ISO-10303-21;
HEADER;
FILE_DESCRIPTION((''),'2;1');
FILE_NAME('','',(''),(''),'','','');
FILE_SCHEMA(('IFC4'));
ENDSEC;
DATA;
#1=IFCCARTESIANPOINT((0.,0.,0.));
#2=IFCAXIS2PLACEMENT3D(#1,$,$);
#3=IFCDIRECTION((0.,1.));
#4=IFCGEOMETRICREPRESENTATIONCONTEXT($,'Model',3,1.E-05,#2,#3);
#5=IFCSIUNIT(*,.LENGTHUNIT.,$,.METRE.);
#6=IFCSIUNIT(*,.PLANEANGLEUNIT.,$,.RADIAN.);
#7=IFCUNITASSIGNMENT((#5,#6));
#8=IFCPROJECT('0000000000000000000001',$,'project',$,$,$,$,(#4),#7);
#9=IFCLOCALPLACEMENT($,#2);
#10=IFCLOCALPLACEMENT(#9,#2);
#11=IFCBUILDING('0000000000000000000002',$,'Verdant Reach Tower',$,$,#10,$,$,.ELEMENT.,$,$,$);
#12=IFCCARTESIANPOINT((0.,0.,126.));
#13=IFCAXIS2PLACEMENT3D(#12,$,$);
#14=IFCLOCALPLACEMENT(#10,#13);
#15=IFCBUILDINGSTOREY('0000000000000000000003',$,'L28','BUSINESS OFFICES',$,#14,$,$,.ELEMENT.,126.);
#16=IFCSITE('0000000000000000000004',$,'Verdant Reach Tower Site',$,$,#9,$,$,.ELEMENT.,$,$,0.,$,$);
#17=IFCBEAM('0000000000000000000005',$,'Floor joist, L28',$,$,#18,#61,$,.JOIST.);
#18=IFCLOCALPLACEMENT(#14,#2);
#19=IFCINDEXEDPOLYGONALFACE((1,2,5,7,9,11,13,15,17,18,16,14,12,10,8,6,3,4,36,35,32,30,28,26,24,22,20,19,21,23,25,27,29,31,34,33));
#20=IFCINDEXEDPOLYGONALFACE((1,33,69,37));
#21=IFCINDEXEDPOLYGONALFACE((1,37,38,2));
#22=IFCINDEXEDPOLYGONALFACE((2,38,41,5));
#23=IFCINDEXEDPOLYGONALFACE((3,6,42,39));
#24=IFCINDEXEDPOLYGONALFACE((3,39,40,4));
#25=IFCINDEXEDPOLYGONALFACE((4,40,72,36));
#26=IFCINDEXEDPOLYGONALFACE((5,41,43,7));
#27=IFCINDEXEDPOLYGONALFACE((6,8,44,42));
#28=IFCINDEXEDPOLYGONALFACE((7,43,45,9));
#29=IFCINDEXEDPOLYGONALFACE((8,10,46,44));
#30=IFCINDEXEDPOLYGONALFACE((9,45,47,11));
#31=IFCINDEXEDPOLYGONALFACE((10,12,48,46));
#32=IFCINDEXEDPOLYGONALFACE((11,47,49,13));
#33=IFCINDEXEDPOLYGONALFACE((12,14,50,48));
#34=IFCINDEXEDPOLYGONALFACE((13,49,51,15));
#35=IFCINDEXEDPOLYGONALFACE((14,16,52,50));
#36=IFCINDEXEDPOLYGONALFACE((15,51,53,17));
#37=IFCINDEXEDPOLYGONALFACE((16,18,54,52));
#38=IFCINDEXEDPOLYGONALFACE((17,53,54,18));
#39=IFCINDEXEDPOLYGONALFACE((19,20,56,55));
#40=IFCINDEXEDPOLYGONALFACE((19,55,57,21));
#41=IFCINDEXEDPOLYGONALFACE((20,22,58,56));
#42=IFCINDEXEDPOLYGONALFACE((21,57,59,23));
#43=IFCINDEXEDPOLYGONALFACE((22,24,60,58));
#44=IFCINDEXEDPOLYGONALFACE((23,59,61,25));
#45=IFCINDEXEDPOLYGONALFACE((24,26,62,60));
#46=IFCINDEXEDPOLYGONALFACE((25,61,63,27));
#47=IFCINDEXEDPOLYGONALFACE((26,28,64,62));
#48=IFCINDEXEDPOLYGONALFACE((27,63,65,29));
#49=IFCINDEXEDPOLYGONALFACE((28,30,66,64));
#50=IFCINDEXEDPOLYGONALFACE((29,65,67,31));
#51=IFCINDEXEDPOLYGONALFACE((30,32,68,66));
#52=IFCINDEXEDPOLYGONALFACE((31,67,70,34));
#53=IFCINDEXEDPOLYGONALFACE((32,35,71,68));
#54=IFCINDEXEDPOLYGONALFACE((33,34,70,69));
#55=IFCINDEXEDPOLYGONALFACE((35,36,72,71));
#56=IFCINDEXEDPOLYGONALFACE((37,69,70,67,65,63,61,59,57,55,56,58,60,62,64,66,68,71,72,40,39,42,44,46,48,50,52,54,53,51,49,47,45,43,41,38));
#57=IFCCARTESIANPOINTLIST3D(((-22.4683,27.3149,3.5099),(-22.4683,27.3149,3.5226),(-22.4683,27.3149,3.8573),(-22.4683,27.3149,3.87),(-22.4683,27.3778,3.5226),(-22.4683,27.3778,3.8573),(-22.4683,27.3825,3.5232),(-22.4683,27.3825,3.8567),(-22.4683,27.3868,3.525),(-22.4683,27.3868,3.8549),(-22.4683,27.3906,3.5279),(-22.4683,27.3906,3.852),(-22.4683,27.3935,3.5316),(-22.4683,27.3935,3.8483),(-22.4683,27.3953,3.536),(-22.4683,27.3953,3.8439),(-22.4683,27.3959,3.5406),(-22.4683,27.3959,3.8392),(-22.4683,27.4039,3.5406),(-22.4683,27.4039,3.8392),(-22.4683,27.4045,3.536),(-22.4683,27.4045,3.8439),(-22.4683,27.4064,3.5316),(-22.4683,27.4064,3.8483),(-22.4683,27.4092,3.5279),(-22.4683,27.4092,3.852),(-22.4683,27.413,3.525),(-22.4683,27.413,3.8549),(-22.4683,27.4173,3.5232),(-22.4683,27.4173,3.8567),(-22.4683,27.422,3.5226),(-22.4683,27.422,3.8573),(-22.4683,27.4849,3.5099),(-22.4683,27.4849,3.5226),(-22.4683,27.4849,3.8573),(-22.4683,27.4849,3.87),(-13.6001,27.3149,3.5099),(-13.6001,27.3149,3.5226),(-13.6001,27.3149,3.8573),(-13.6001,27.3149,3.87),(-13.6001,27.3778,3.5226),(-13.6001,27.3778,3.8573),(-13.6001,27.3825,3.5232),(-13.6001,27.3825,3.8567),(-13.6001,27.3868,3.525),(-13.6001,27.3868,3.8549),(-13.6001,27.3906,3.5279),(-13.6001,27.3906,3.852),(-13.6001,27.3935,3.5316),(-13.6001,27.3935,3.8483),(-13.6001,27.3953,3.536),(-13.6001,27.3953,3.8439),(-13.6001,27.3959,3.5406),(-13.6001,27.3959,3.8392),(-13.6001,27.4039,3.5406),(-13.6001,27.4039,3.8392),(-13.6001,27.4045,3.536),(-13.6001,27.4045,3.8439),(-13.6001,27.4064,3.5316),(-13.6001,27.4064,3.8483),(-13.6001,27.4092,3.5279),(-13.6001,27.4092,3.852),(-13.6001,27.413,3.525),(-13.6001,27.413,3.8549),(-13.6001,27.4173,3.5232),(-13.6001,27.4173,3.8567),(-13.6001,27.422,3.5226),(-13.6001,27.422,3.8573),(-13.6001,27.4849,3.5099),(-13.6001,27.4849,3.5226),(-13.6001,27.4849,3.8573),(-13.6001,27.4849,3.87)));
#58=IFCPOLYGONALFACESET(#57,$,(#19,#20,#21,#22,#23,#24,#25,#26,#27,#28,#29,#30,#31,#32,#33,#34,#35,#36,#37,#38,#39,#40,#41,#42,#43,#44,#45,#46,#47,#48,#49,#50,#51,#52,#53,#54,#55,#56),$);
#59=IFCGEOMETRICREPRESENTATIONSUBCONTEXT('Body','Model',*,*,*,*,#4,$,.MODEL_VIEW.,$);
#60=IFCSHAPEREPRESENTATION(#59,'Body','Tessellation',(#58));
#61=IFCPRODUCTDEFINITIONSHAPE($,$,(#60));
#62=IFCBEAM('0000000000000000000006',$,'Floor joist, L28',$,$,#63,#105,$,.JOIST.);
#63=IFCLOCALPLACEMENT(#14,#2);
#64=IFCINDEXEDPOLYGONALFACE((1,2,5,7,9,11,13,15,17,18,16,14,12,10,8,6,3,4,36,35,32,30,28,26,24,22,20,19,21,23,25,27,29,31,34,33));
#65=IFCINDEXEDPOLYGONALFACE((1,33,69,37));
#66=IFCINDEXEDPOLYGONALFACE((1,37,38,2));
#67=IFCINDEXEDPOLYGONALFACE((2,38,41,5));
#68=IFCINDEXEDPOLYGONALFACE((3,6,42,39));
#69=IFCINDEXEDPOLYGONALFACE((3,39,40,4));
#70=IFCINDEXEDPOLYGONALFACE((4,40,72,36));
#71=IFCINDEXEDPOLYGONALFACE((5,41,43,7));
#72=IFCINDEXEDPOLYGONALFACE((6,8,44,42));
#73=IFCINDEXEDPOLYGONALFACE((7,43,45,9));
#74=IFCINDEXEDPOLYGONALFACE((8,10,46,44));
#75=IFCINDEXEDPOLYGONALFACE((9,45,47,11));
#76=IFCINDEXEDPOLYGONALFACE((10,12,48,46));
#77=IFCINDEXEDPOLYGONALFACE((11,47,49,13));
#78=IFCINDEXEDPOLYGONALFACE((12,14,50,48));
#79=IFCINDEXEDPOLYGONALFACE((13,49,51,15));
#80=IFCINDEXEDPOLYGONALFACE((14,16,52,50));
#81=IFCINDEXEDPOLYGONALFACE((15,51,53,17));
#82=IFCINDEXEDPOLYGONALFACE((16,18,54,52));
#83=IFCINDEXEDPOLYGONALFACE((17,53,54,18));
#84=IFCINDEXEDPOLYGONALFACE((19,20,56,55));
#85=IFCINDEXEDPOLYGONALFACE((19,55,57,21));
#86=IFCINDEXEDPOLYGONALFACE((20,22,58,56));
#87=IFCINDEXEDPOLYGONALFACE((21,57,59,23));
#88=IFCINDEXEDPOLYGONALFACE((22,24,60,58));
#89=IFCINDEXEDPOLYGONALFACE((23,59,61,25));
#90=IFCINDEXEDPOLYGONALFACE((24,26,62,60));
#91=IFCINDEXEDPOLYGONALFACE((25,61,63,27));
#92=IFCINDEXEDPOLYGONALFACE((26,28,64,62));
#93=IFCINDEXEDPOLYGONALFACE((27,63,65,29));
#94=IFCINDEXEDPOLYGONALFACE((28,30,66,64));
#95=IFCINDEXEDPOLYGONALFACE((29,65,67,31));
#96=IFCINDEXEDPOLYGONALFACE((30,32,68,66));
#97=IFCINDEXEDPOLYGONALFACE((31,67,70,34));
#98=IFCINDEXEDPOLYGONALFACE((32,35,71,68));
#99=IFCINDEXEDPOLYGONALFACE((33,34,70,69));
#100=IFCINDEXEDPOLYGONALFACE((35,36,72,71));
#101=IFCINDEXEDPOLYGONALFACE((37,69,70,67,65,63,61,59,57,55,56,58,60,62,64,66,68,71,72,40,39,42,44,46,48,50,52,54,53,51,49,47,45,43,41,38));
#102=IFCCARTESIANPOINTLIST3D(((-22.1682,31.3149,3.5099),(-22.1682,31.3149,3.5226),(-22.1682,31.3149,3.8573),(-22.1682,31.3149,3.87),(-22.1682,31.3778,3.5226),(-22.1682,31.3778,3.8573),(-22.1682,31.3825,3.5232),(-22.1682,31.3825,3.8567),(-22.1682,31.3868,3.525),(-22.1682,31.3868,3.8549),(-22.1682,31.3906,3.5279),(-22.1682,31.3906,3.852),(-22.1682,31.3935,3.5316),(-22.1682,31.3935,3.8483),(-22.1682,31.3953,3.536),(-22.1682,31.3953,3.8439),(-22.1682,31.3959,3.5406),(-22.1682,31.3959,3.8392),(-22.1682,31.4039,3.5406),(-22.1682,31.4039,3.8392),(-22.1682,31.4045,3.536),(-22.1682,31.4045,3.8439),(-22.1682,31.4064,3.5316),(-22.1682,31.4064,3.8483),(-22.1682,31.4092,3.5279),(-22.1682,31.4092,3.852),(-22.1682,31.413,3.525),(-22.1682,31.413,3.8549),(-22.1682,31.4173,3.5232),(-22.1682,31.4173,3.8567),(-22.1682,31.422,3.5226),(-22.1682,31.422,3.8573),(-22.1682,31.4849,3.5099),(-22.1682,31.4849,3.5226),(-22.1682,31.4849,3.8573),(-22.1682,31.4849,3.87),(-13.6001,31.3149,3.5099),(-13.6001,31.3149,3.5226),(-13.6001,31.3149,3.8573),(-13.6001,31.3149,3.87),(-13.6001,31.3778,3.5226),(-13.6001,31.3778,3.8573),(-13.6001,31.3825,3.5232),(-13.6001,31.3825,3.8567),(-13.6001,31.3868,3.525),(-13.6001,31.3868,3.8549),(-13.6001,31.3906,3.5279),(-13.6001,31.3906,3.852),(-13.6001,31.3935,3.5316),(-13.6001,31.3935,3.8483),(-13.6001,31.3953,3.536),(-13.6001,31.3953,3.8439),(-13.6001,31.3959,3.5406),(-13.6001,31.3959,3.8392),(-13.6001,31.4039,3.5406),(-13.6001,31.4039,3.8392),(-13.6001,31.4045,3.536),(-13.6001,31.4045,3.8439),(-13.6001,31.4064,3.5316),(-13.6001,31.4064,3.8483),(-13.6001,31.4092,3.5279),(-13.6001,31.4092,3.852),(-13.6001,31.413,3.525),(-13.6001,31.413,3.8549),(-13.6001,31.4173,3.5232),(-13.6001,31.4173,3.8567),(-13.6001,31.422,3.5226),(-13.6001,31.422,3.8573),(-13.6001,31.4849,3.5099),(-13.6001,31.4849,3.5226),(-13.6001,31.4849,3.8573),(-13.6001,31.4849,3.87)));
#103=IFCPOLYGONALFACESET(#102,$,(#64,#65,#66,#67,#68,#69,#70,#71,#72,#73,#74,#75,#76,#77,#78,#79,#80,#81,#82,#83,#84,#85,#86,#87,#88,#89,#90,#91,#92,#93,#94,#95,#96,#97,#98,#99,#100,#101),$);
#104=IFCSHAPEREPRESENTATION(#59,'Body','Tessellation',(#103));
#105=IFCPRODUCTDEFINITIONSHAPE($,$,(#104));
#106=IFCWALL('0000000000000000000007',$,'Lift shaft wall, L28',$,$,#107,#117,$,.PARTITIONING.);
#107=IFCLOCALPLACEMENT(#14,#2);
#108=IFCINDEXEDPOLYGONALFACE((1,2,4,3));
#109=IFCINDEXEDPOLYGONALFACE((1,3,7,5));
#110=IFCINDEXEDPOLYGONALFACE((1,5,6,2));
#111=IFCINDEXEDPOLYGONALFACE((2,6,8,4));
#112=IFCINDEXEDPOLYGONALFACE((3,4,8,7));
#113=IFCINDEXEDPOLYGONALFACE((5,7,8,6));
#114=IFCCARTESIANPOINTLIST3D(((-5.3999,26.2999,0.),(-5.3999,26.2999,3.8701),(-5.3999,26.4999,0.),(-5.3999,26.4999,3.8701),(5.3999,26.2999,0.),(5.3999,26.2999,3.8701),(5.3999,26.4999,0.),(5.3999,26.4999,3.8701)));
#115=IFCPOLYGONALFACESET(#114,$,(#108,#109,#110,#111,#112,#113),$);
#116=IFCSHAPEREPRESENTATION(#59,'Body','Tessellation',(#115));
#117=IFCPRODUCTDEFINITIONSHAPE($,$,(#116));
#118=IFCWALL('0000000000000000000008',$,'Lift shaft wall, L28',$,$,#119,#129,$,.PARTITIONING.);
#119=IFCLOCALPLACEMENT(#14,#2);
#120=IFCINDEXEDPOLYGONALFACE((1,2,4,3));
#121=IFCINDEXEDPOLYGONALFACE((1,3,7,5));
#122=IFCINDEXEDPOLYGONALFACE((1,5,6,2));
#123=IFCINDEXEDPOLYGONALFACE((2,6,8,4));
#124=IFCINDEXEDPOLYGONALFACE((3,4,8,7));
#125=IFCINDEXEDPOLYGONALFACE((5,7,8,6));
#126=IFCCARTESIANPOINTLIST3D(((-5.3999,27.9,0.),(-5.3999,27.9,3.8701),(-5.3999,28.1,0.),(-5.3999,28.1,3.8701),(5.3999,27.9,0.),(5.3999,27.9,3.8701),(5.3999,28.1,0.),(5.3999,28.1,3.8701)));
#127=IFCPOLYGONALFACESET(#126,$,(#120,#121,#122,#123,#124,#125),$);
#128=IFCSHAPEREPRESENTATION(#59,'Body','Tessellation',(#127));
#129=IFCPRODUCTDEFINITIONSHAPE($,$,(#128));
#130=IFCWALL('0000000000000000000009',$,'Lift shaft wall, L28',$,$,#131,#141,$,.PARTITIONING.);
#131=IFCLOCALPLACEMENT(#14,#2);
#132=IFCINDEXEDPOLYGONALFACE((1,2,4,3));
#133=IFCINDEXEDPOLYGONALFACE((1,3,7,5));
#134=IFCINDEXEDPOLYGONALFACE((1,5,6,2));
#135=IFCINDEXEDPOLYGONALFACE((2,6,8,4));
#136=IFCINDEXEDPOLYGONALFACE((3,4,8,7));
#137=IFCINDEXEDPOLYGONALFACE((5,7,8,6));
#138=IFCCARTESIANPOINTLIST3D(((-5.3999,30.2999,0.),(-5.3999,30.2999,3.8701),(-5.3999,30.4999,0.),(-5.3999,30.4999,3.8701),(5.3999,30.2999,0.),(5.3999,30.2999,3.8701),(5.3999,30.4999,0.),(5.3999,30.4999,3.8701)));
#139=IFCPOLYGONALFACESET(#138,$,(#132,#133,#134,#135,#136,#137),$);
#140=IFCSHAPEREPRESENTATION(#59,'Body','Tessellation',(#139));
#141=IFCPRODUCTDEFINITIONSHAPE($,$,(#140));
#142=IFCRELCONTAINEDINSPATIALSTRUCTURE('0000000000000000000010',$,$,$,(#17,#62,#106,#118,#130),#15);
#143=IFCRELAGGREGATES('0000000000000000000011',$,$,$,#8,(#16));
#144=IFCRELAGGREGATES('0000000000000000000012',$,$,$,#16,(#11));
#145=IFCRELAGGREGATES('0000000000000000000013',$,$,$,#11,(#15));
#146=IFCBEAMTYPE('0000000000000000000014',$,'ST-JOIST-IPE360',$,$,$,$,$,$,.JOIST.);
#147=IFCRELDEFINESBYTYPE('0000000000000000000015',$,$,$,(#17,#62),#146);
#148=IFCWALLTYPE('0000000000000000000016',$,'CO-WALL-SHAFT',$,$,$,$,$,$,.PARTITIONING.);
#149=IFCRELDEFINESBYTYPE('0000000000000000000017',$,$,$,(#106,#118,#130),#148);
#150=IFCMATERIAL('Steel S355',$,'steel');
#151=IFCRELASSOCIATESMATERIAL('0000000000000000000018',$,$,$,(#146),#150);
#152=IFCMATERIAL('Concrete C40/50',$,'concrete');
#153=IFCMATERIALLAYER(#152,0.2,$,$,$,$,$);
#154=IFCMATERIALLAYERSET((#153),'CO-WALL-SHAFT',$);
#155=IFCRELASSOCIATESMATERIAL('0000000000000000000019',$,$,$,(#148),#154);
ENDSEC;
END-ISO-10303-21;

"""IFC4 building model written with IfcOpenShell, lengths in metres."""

from ifc_helpers import new_model, si_unit, direction, frame, frame_2d, origin, origin_2d, place, context, subcontext, project, spatial, rectangle, i_section, extrude, material, layer, layer_set, material_profile, profile_set, type_object, element, save


model = new_model("IFC4")

# Units and contexts
model_context = context("Model", 3, precision=1e-05, world=origin(), true_north=direction((0.0, 1.0)))
body_context = subcontext(model_context, "Body", "Model", "MODEL_VIEW")
ifc_project = project(units=[si_unit("LENGTHUNIT", "METRE"), si_unit("PLANEANGLEUNIT", "RADIAN")], contexts=[model_context])

# Site, building, storey
site_placement = place(None, origin())
site = spatial("IfcSite", under=ifc_project, at=site_placement, Name="Verdant Reach Tower Site", CompositionType="ELEMENT", RefElevation=0.0)
building_placement = place(site_placement, origin())
building = spatial("IfcBuilding", under=site, at=building_placement, Name="Verdant Reach Tower", CompositionType="ELEMENT")
storey_placement = place(building_placement, frame((0.0, 0.0, 126.0)))
storey = spatial("IfcBuildingStorey", under=building, at=storey_placement, Name="L28", Description="BUSINESS OFFICES", CompositionType="ELEMENT", Elevation=126.0)

# Beams
ifc_material_1 = material(Name="Steel S355", Category="steel")
ifc_material_profile = material_profile(ifc_material_1, i_section(OverallWidth=0.1699, OverallDepth=0.3601, WebThickness=0.0081, FlangeThickness=0.0127, FilletRadius=0.0181, at=origin_2d()), Name="IPE 360")
ifc_profile_set = profile_set([ifc_material_profile], Name="Steel S355")
beam_type = type_object("IfcBeamType", Name="ST-JOIST-IPE360", PredefinedType="JOIST", material=ifc_profile_set)
beam_1_placement = place(storey_placement, frame((-13.6001, 27.3999, 3.6899), z_axis=(-1.0, 0.0, 0.0), x_axis=(0.0, -1.0, 0.0)))
element("IfcBeam", 1, at=beam_1_placement, inside=storey, type_object=beam_type, Name="Floor joist, L28", PredefinedType="JOIST", context=body_context, shape_type="SweptSolid", body=[
    extrude(i_section(OverallWidth=0.1699, OverallDepth=0.3601, WebThickness=0.0081, FlangeThickness=0.0127, FilletRadius=0.0181, at=origin_2d()), origin(), (0.0, 0.0, 1.0), 8.8682),
])
beam_2_placement = place(storey_placement, frame((-13.6001, 31.3999, 3.6899), z_axis=(-1.0, 0.0, 0.0), x_axis=(0.0, -1.0, 0.0)))
element("IfcBeam", 2, at=beam_2_placement, inside=storey, type_object=beam_type, Name="Floor joist, L28", PredefinedType="JOIST", context=body_context, shape_type="SweptSolid", body=[
    extrude(i_section(OverallWidth=0.1699, OverallDepth=0.3601, WebThickness=0.0081, FlangeThickness=0.0127, FilletRadius=0.0181, at=origin_2d()), origin(), (0.0, 0.0, 1.0), 8.5681),
])

# Walls
ifc_material_2 = material(Name="Concrete C40/50", Category="concrete")
ifc_layer_1 = layer(ifc_material_2, 0.2)
ifc_layer_set_1 = layer_set([ifc_layer_1], Name="CO-WALL-SHAFT")
wall_type_1 = type_object("IfcWallType", Name="CO-WALL-SHAFT", PredefinedType="PARTITIONING", material=ifc_layer_set_1)
for number, where, z_axis, x_axis, name in (
    (3, (-5.3999, 26.3999, 0.0), (0.0, 0.0, 1.0), (1.0, 0.0, 0.0), "Lift shaft wall, L28"),
    (4, (-5.3999, 28.0, 0.0), (0.0, 0.0, 1.0), (1.0, 0.0, 0.0), "Lift shaft wall, L28"),
    (5, (-5.3999, 30.3999, 0.0), (0.0, 0.0, 1.0), (1.0, 0.0, 0.0), "Lift shaft wall, L28"),
):
    element("IfcWall", number, at=place(storey_placement, frame(where, z_axis=z_axis, x_axis=x_axis)), inside=storey, type_object=wall_type_1, Name=name, PredefinedType="PARTITIONING", context=body_context, shape_type="SweptSolid", body=[
        extrude(rectangle(XDim=10.7998, YDim=0.2, at=frame_2d((5.3999, 0.0))), origin(), (0.0, 0.0, 1.0), 3.8701),
    ])

save(model, "model.ifc")
